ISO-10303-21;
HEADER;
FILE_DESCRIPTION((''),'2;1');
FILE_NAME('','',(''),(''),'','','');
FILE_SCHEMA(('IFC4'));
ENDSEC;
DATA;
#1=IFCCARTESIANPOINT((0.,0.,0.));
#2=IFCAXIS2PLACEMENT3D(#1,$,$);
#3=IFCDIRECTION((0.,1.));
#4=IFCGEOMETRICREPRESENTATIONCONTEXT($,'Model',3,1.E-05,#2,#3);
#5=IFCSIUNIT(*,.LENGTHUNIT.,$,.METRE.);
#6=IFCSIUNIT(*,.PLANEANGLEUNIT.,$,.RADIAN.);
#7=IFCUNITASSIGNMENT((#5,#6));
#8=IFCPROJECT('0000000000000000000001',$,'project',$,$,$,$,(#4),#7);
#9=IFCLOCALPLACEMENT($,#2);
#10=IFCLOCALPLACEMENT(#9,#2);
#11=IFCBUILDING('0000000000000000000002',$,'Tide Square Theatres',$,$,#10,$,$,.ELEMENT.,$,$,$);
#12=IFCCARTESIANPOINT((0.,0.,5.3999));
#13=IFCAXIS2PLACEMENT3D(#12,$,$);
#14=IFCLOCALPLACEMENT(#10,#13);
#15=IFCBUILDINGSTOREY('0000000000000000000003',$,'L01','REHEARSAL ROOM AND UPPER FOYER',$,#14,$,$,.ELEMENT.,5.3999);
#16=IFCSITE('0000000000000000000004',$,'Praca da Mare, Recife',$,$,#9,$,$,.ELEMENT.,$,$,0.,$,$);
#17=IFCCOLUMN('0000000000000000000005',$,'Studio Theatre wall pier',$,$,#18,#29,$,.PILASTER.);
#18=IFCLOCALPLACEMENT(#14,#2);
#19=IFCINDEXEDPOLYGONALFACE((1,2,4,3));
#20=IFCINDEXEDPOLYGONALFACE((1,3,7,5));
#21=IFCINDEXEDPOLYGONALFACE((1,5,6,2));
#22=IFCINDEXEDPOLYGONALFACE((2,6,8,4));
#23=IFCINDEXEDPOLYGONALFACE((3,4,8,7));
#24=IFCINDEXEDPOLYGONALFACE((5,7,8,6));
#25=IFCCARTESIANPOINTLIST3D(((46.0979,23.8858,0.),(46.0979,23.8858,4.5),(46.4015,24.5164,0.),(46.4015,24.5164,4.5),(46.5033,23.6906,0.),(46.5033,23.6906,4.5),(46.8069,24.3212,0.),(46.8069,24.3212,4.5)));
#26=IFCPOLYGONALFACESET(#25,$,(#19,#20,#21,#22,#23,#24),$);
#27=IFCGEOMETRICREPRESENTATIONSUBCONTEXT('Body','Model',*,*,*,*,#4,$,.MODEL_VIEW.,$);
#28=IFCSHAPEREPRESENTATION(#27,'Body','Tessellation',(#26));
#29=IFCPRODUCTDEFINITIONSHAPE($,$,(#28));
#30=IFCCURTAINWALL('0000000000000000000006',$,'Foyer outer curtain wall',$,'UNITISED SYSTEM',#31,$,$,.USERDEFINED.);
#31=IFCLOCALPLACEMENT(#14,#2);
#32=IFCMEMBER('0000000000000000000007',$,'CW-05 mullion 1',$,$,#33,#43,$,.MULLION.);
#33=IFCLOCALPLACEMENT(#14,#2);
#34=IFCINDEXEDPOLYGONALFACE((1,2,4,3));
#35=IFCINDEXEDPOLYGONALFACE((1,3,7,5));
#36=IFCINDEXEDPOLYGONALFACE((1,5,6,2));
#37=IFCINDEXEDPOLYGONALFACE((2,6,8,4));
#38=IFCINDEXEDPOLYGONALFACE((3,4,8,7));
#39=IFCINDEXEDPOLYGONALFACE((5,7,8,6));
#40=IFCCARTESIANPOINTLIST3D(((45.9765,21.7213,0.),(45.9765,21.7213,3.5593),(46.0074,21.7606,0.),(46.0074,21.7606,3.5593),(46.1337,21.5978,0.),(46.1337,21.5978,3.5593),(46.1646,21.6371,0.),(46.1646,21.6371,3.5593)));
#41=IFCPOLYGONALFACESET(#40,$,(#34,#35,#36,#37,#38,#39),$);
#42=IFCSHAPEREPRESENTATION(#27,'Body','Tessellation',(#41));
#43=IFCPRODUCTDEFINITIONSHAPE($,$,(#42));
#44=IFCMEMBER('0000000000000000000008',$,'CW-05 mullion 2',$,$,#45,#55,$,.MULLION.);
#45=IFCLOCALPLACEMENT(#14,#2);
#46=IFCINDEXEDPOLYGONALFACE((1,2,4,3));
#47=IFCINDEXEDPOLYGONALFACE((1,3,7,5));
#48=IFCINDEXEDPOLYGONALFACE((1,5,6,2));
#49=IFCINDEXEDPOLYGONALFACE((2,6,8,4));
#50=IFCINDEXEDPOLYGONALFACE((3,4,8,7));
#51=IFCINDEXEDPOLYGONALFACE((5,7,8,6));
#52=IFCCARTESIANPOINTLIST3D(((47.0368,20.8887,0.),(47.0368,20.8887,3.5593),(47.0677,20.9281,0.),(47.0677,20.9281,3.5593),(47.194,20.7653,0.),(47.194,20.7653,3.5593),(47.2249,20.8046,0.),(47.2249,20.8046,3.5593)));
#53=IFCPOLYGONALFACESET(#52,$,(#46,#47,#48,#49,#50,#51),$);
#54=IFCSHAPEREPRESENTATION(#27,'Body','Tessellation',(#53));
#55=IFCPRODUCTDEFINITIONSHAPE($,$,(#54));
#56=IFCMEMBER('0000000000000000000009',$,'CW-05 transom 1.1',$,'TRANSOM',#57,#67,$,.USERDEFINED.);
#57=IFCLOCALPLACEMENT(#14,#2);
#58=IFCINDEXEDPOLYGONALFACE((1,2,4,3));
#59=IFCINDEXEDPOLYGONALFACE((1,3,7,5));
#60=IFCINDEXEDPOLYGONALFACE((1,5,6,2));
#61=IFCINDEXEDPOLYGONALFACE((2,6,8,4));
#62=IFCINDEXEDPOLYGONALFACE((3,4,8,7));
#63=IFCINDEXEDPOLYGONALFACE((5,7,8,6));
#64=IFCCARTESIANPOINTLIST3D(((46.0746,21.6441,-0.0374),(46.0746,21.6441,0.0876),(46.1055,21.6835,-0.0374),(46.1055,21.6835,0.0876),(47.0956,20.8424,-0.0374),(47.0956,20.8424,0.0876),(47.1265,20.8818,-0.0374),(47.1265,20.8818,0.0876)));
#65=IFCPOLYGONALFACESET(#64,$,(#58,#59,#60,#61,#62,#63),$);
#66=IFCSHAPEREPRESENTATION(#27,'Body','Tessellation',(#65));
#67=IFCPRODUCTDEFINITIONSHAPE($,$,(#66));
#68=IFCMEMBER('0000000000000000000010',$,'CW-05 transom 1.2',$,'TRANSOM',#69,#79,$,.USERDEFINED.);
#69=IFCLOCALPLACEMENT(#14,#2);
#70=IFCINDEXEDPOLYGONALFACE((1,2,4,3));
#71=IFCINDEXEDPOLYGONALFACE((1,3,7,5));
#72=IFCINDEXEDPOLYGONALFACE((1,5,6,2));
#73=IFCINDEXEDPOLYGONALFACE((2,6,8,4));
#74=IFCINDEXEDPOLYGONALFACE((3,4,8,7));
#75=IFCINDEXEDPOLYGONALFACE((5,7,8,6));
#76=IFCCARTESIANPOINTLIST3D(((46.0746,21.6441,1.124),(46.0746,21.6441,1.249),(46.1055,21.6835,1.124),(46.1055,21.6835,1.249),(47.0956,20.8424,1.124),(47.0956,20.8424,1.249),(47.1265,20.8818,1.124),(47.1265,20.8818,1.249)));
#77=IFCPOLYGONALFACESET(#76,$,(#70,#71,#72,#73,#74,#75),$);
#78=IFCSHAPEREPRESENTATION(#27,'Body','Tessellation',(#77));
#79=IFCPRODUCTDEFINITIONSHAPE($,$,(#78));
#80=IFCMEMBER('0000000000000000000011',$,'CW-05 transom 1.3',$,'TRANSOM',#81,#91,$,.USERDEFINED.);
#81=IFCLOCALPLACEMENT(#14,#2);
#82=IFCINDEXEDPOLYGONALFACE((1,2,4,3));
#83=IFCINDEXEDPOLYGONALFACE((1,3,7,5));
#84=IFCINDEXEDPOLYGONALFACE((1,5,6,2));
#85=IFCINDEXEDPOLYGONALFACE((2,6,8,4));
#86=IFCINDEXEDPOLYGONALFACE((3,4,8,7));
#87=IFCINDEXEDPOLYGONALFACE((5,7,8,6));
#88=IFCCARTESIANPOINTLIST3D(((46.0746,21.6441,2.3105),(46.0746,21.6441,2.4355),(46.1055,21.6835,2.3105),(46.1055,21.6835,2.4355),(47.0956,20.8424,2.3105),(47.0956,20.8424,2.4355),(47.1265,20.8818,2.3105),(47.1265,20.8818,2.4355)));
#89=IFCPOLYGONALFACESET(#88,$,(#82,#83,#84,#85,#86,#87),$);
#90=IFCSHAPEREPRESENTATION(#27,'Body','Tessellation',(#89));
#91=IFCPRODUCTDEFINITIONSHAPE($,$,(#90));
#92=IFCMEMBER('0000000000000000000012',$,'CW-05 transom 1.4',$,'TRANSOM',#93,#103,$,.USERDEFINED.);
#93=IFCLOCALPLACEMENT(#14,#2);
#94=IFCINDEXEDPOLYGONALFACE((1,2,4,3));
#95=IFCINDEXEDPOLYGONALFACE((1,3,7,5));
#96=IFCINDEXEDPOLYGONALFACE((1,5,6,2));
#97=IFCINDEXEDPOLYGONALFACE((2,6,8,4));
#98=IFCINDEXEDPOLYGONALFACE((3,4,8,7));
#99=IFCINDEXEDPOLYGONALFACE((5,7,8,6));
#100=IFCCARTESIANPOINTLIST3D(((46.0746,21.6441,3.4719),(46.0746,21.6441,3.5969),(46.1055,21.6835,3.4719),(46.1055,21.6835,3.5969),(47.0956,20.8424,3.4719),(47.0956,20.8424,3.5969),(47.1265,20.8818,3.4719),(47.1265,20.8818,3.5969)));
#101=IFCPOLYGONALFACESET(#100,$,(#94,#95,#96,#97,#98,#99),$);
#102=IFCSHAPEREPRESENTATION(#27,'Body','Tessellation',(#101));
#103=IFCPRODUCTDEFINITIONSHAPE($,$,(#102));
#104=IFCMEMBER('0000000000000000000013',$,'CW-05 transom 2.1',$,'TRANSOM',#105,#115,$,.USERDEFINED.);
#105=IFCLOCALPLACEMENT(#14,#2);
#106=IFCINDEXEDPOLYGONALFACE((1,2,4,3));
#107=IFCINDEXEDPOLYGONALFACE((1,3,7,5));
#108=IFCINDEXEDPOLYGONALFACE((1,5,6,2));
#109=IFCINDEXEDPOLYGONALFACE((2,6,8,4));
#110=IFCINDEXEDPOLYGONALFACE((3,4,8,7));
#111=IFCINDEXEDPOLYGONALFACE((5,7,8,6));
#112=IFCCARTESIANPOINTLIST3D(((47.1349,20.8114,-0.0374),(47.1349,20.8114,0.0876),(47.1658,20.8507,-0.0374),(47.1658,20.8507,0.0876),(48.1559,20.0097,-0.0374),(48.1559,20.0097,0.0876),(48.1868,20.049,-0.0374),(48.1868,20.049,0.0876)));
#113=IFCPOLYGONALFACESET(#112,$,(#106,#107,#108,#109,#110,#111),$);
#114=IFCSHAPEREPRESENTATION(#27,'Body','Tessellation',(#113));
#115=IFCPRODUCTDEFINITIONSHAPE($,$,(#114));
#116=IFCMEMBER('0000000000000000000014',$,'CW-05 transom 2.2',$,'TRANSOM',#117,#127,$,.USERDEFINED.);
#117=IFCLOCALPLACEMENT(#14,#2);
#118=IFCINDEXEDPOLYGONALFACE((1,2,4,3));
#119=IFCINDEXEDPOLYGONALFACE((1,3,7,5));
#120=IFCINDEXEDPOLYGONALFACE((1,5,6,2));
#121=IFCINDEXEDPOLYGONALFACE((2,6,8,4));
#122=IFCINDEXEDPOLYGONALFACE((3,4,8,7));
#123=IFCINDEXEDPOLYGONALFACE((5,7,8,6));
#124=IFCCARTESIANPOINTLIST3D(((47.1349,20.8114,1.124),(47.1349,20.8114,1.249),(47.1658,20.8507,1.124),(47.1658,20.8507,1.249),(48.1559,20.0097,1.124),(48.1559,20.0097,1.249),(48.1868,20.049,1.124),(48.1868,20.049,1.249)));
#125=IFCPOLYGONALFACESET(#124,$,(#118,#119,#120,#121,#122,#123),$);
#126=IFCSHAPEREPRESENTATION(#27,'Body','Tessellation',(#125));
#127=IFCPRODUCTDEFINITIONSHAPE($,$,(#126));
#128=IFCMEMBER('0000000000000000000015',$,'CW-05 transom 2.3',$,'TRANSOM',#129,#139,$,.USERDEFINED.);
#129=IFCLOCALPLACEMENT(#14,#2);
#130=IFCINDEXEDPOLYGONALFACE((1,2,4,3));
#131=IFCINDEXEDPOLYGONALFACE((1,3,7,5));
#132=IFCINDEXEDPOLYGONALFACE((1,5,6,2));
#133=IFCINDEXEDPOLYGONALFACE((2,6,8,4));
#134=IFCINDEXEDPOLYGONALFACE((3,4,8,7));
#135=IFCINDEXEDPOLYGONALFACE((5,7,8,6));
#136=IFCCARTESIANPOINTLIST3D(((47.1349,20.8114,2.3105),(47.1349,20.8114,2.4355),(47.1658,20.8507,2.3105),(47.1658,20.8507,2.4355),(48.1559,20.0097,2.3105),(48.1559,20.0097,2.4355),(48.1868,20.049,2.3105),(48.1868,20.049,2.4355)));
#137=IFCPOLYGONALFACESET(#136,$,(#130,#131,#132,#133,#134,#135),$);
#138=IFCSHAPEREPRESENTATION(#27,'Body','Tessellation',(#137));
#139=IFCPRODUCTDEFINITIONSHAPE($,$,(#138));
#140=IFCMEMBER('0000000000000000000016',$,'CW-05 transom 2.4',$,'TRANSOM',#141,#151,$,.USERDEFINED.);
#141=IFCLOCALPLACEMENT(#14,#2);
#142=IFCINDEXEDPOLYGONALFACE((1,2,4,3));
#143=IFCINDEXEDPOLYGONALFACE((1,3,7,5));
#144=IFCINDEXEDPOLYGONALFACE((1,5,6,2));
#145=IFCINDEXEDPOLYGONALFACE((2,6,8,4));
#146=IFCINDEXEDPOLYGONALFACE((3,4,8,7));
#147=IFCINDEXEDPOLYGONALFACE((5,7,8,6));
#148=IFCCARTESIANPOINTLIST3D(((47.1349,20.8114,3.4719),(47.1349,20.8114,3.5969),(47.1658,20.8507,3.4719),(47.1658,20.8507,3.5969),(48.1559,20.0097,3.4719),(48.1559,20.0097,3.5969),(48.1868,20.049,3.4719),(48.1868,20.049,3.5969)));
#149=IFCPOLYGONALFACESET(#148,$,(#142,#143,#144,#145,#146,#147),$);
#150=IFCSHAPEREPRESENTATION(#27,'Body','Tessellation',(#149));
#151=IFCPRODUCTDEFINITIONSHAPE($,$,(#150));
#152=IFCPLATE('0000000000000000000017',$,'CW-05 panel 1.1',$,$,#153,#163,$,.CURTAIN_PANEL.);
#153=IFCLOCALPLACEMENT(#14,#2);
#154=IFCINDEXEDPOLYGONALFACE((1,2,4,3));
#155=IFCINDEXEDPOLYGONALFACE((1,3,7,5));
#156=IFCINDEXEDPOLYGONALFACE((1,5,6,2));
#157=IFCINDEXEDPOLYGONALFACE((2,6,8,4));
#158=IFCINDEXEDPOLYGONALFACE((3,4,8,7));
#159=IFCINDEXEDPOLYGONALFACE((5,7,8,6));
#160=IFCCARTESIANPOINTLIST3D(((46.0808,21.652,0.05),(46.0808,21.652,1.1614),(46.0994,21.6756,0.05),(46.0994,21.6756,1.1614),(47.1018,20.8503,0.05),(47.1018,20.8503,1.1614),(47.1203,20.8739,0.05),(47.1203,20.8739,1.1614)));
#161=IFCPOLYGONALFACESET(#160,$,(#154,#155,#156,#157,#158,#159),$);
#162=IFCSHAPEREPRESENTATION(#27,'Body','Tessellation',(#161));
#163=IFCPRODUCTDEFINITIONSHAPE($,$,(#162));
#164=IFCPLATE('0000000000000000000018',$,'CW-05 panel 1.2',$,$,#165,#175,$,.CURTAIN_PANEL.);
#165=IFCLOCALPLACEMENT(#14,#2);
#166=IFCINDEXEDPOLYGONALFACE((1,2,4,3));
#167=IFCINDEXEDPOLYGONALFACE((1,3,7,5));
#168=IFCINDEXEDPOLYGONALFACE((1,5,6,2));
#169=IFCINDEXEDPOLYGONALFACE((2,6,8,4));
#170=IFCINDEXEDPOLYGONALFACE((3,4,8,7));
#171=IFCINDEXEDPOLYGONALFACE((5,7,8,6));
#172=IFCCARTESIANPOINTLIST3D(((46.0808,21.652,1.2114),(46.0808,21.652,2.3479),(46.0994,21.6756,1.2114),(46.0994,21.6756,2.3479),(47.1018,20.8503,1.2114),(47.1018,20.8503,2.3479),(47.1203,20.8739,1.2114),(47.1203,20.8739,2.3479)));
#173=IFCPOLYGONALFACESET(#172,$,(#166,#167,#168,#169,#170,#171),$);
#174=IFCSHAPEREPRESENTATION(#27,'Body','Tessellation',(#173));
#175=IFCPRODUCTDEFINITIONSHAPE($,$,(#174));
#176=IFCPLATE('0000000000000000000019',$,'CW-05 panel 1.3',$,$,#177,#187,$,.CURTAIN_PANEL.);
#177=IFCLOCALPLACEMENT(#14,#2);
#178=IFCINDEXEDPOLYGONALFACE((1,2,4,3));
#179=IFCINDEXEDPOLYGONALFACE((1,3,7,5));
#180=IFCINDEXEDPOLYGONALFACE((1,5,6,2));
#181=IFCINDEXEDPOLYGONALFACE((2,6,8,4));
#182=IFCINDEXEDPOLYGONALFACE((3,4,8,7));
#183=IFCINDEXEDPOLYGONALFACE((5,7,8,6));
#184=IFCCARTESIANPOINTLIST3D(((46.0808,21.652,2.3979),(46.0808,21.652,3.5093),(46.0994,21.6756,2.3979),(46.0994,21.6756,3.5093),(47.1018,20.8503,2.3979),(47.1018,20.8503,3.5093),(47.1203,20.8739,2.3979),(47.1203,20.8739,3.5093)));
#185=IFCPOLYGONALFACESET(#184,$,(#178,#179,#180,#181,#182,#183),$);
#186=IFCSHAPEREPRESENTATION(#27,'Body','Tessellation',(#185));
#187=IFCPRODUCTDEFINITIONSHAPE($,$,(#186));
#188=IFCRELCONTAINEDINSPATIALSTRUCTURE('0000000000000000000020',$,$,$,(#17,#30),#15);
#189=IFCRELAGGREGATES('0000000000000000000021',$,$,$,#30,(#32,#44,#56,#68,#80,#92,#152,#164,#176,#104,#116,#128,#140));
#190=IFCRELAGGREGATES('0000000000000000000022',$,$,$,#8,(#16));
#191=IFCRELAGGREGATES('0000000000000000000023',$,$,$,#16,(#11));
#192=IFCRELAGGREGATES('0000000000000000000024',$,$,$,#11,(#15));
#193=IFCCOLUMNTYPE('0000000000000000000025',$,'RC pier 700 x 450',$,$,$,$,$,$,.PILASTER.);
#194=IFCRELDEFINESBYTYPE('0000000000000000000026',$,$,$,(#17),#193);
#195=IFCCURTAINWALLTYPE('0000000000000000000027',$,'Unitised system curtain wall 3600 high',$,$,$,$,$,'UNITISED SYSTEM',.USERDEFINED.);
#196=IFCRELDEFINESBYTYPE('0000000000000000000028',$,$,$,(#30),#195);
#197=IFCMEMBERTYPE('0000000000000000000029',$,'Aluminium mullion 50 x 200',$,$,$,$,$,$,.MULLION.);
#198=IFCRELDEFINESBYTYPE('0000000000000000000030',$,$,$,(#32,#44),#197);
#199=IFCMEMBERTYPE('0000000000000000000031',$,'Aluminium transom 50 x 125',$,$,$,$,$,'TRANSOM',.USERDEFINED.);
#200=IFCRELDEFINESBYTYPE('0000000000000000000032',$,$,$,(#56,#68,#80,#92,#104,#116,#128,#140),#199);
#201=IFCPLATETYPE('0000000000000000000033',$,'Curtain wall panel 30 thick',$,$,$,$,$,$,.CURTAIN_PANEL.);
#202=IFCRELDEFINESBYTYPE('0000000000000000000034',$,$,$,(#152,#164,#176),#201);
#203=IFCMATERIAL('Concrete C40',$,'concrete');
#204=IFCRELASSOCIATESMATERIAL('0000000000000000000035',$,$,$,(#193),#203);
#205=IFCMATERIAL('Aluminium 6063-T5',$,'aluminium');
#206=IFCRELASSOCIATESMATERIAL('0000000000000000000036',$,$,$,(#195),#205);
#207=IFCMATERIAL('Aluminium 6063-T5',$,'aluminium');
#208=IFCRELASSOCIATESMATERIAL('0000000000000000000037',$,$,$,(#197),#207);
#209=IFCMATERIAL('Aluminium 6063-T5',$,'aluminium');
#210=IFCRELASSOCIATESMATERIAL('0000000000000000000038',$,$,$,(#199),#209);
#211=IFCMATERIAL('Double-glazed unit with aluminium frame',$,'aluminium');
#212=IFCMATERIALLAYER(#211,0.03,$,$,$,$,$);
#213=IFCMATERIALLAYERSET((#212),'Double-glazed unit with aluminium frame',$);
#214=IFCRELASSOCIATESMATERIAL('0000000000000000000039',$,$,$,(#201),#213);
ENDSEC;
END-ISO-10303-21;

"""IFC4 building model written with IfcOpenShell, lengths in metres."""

from ifc_helpers import new_model, si_unit, direction, frame, origin, origin_2d, place, context, subcontext, project, spatial, rectangle, extrude, material, layer, layer_set, material_profile, profile_set, type_object, element, aggregate, save


model = new_model("IFC4")

# Units and contexts
model_context = context("Model", 3, precision=1e-05, world=origin(), true_north=direction((0.0, 1.0)))
body_context = subcontext(model_context, "Body", "Model", "MODEL_VIEW")
ifc_project = project(units=[si_unit("LENGTHUNIT", "METRE"), si_unit("PLANEANGLEUNIT", "RADIAN")], contexts=[model_context])

# Site, building, storey
site_placement = place(None, origin())
site = spatial("IfcSite", under=ifc_project, at=site_placement, Name="Praca da Mare, Recife", CompositionType="ELEMENT", RefElevation=0.0)
building_placement = place(site_placement, origin())
building = spatial("IfcBuilding", under=site, at=building_placement, Name="Tide Square Theatres", CompositionType="ELEMENT")
storey_placement = place(building_placement, frame((0.0, 0.0, 5.3999)))
storey = spatial("IfcBuildingStorey", under=building, at=storey_placement, Name="L01", Description="REHEARSAL ROOM AND UPPER FOYER", CompositionType="ELEMENT", Elevation=5.3999)

# Column
ifc_material_1 = material(Name="Concrete C40", Category="concrete")
ifc_material_profile_1 = material_profile(ifc_material_1, rectangle(XDim=0.7, YDim=0.45, at=origin_2d()))
ifc_profile_set_1 = profile_set([ifc_material_profile_1], Name="Concrete C40")
column_type = type_object("IfcColumnType", Name="RC pier 700 x 450", PredefinedType="PILASTER", material=ifc_profile_set_1)
column_placement = place(storey_placement, frame((46.4524, 24.1035, 0.0), z_axis=(0.0, 0.0, 1.0), x_axis=(0.433814, 0.901003, 0.0)))
element("IfcColumn", 1, at=column_placement, inside=storey, type_object=column_type, Name="Studio Theatre wall pier", PredefinedType="PILASTER", context=body_context, shape_type="SweptSolid", body=[
    extrude(rectangle(XDim=0.7, YDim=0.45, at=origin_2d()), origin(), (0.0, 0.0, 1.0), 4.5),
])

# Curtain wall, members, plates
ifc_material_2 = material(Name="Aluminium 6063-T5", Category="aluminium")
curtain_wall_type = type_object("IfcCurtainWallType", Name="Unitised system curtain wall 3600 high", ElementType="UNITISED SYSTEM", PredefinedType="USERDEFINED", material=ifc_material_2)
curtain_wall_placement = place(storey_placement, origin())
curtain_wall = element("IfcCurtainWall", 2, at=curtain_wall_placement, inside=storey, type_object=curtain_wall_type, Name="Foyer outer curtain wall", ObjectType="UNITISED SYSTEM", PredefinedType="USERDEFINED")
ifc_material_3 = material(Name="Aluminium 6063-T5", Category="aluminium")
ifc_material_profile_2 = material_profile(ifc_material_3, rectangle(XDim=0.05, YDim=0.2, at=origin_2d()))
ifc_profile_set_2 = profile_set([ifc_material_profile_2], Name="Aluminium 6063-T5")
member_type_1 = type_object("IfcMemberType", Name="Aluminium mullion 50 x 200", PredefinedType="MULLION", material=ifc_profile_set_2)
member_1_placement = place(storey_placement, frame((46.0706, 21.6792, 0.0), z_axis=(0.0, 0.0, 1.0), x_axis=(0.617609, 0.786485, 0.0)))
member_1 = element("IfcMember", 3, at=member_1_placement, type_object=member_type_1, Name="CW-05 mullion 1", PredefinedType="MULLION", context=body_context, shape_type="SweptSolid", body=[
    extrude(rectangle(XDim=0.05, YDim=0.2, at=origin_2d()), origin(), (0.0, 0.0, 1.0), 3.5593),
])
member_2_placement = place(storey_placement, frame((47.1309, 20.8467, 0.0), z_axis=(0.0, 0.0, 1.0), x_axis=(0.617609, 0.786485, 0.0)))
member_2 = element("IfcMember", 4, at=member_2_placement, type_object=member_type_1, Name="CW-05 mullion 2", PredefinedType="MULLION", context=body_context, shape_type="SweptSolid", body=[
    extrude(rectangle(XDim=0.05, YDim=0.2, at=origin_2d()), origin(), (0.0, 0.0, 1.0), 3.5593),
])
ifc_material_4 = material(Name="Aluminium 6063-T5", Category="aluminium")
ifc_material_profile_3 = material_profile(ifc_material_4, rectangle(XDim=0.05, YDim=0.125, at=origin_2d()))
ifc_profile_set_3 = profile_set([ifc_material_profile_3], Name="Aluminium 6063-T5")
member_type_2 = type_object("IfcMemberType", Name="Aluminium transom 50 x 125", ElementType="TRANSOM", PredefinedType="USERDEFINED", material=ifc_profile_set_3)
member_3_placement = place(storey_placement, frame((46.0901, 21.6638, 0.0251), z_axis=(0.786488, -0.617606, 0.0), x_axis=(0.617606, 0.786488, 0.0)))
member_3 = element("IfcMember", 5, at=member_3_placement, type_object=member_type_2, Name="CW-05 transom 1.1", ObjectType="TRANSOM", PredefinedType="USERDEFINED", context=body_context, shape_type="SweptSolid", body=[
    extrude(rectangle(XDim=0.05, YDim=0.125, at=origin_2d()), origin(), (0.0, 0.0, 1.0), 1.2981),
])
member_4_placement = place(storey_placement, frame((46.0901, 21.6638, 1.1865), z_axis=(0.786488, -0.617606, 0.0), x_axis=(0.617606, 0.786488, 0.0)))
member_4 = element("IfcMember", 6, at=member_4_placement, type_object=member_type_2, Name="CW-05 transom 1.2", ObjectType="TRANSOM", PredefinedType="USERDEFINED", context=body_context, shape_type="SweptSolid", body=[
    extrude(rectangle(XDim=0.05, YDim=0.125, at=origin_2d()), origin(), (0.0, 0.0, 1.0), 1.2981),
])
member_5_placement = place(storey_placement, frame((46.0901, 21.6638, 2.373), z_axis=(0.786488, -0.617606, 0.0), x_axis=(0.617606, 0.786488, 0.0)))
member_5 = element("IfcMember", 7, at=member_5_placement, type_object=member_type_2, Name="CW-05 transom 1.3", ObjectType="TRANSOM", PredefinedType="USERDEFINED", context=body_context, shape_type="SweptSolid", body=[
    extrude(rectangle(XDim=0.05, YDim=0.125, at=origin_2d()), origin(), (0.0, 0.0, 1.0), 1.2981),
])
member_6_placement = place(storey_placement, frame((46.0901, 21.6638, 3.5344), z_axis=(0.786488, -0.617606, 0.0), x_axis=(0.617606, 0.786488, 0.0)))
member_6 = element("IfcMember", 8, at=member_6_placement, type_object=member_type_2, Name="CW-05 transom 1.4", ObjectType="TRANSOM", PredefinedType="USERDEFINED", context=body_context, shape_type="SweptSolid", body=[
    extrude(rectangle(XDim=0.05, YDim=0.125, at=origin_2d()), origin(), (0.0, 0.0, 1.0), 1.2981),
])
member_7_placement = place(storey_placement, frame((47.1504, 20.8311, 0.0251), z_axis=(0.786488, -0.617606, 0.0), x_axis=(0.617606, 0.786488, 0.0)))
member_7 = element("IfcMember", 9, at=member_7_placement, type_object=member_type_2, Name="CW-05 transom 2.1", ObjectType="TRANSOM", PredefinedType="USERDEFINED", context=body_context, shape_type="SweptSolid", body=[
    extrude(rectangle(XDim=0.05, YDim=0.125, at=origin_2d()), origin(), (0.0, 0.0, 1.0), 1.2981),
])
member_8_placement = place(storey_placement, frame((47.1504, 20.8311, 1.1865), z_axis=(0.786488, -0.617606, 0.0), x_axis=(0.617606, 0.786488, 0.0)))
member_8 = element("IfcMember", 10, at=member_8_placement, type_object=member_type_2, Name="CW-05 transom 2.2", ObjectType="TRANSOM", PredefinedType="USERDEFINED", context=body_context, shape_type="SweptSolid", body=[
    extrude(rectangle(XDim=0.05, YDim=0.125, at=origin_2d()), origin(), (0.0, 0.0, 1.0), 1.2981),
])
member_9_placement = place(storey_placement, frame((47.1504, 20.8311, 2.373), z_axis=(0.786488, -0.617606, 0.0), x_axis=(0.617606, 0.786488, 0.0)))
member_9 = element("IfcMember", 11, at=member_9_placement, type_object=member_type_2, Name="CW-05 transom 2.3", ObjectType="TRANSOM", PredefinedType="USERDEFINED", context=body_context, shape_type="SweptSolid", body=[
    extrude(rectangle(XDim=0.05, YDim=0.125, at=origin_2d()), origin(), (0.0, 0.0, 1.0), 1.2981),
])
member_10_placement = place(storey_placement, frame((47.1504, 20.8311, 3.5344), z_axis=(0.786488, -0.617606, 0.0), x_axis=(0.617606, 0.786488, 0.0)))
member_10 = element("IfcMember", 12, at=member_10_placement, type_object=member_type_2, Name="CW-05 transom 2.4", ObjectType="TRANSOM", PredefinedType="USERDEFINED", context=body_context, shape_type="SweptSolid", body=[
    extrude(rectangle(XDim=0.05, YDim=0.125, at=origin_2d()), origin(), (0.0, 0.0, 1.0), 1.2981),
])
ifc_material_5 = material(Name="Double-glazed unit with aluminium frame", Category="aluminium")
ifc_layer_1 = layer(ifc_material_5, 0.03)
ifc_layer_set_1 = layer_set([ifc_layer_1], Name="Double-glazed unit with aluminium frame")
plate_type = type_object("IfcPlateType", Name="Curtain wall panel 30 thick", PredefinedType="CURTAIN_PANEL", material=ifc_layer_set_1)
plate_1_placement = place(storey_placement, frame((46.6006, 21.2629, 0.05), z_axis=(0.0, 0.0, 1.0), x_axis=(0.786485, -0.617609, 0.0)))
plate_1 = element("IfcPlate", 13, at=plate_1_placement, type_object=plate_type, Name="CW-05 panel 1.1", PredefinedType="CURTAIN_PANEL", context=body_context, shape_type="SweptSolid", body=[
    extrude(rectangle(XDim=1.2981, YDim=0.03, at=origin_2d()), origin(), (0.0, 0.0, 1.0), 1.1113),
])
plate_2_placement = place(storey_placement, frame((46.6006, 21.2629, 1.2114), z_axis=(0.0, 0.0, 1.0), x_axis=(0.786485, -0.617609, 0.0)))
plate_2 = element("IfcPlate", 14, at=plate_2_placement, type_object=plate_type, Name="CW-05 panel 1.2", PredefinedType="CURTAIN_PANEL", context=body_context, shape_type="SweptSolid", body=[
    extrude(rectangle(XDim=1.2981, YDim=0.03, at=origin_2d()), origin(), (0.0, 0.0, 1.0), 1.1365),
])
plate_3_placement = place(storey_placement, frame((46.6006, 21.2629, 2.3979), z_axis=(0.0, 0.0, 1.0), x_axis=(0.786485, -0.617609, 0.0)))
plate_3 = element("IfcPlate", 15, at=plate_3_placement, type_object=plate_type, Name="CW-05 panel 1.3", PredefinedType="CURTAIN_PANEL", context=body_context, shape_type="SweptSolid", body=[
    extrude(rectangle(XDim=1.2981, YDim=0.03, at=origin_2d()), origin(), (0.0, 0.0, 1.0), 1.1113),
])
aggregate(curtain_wall, [member_1, member_2, member_3, member_4, member_5, member_6, plate_1, plate_2, plate_3, member_7, member_8, member_9, member_10])

save(model, "model.ifc")
